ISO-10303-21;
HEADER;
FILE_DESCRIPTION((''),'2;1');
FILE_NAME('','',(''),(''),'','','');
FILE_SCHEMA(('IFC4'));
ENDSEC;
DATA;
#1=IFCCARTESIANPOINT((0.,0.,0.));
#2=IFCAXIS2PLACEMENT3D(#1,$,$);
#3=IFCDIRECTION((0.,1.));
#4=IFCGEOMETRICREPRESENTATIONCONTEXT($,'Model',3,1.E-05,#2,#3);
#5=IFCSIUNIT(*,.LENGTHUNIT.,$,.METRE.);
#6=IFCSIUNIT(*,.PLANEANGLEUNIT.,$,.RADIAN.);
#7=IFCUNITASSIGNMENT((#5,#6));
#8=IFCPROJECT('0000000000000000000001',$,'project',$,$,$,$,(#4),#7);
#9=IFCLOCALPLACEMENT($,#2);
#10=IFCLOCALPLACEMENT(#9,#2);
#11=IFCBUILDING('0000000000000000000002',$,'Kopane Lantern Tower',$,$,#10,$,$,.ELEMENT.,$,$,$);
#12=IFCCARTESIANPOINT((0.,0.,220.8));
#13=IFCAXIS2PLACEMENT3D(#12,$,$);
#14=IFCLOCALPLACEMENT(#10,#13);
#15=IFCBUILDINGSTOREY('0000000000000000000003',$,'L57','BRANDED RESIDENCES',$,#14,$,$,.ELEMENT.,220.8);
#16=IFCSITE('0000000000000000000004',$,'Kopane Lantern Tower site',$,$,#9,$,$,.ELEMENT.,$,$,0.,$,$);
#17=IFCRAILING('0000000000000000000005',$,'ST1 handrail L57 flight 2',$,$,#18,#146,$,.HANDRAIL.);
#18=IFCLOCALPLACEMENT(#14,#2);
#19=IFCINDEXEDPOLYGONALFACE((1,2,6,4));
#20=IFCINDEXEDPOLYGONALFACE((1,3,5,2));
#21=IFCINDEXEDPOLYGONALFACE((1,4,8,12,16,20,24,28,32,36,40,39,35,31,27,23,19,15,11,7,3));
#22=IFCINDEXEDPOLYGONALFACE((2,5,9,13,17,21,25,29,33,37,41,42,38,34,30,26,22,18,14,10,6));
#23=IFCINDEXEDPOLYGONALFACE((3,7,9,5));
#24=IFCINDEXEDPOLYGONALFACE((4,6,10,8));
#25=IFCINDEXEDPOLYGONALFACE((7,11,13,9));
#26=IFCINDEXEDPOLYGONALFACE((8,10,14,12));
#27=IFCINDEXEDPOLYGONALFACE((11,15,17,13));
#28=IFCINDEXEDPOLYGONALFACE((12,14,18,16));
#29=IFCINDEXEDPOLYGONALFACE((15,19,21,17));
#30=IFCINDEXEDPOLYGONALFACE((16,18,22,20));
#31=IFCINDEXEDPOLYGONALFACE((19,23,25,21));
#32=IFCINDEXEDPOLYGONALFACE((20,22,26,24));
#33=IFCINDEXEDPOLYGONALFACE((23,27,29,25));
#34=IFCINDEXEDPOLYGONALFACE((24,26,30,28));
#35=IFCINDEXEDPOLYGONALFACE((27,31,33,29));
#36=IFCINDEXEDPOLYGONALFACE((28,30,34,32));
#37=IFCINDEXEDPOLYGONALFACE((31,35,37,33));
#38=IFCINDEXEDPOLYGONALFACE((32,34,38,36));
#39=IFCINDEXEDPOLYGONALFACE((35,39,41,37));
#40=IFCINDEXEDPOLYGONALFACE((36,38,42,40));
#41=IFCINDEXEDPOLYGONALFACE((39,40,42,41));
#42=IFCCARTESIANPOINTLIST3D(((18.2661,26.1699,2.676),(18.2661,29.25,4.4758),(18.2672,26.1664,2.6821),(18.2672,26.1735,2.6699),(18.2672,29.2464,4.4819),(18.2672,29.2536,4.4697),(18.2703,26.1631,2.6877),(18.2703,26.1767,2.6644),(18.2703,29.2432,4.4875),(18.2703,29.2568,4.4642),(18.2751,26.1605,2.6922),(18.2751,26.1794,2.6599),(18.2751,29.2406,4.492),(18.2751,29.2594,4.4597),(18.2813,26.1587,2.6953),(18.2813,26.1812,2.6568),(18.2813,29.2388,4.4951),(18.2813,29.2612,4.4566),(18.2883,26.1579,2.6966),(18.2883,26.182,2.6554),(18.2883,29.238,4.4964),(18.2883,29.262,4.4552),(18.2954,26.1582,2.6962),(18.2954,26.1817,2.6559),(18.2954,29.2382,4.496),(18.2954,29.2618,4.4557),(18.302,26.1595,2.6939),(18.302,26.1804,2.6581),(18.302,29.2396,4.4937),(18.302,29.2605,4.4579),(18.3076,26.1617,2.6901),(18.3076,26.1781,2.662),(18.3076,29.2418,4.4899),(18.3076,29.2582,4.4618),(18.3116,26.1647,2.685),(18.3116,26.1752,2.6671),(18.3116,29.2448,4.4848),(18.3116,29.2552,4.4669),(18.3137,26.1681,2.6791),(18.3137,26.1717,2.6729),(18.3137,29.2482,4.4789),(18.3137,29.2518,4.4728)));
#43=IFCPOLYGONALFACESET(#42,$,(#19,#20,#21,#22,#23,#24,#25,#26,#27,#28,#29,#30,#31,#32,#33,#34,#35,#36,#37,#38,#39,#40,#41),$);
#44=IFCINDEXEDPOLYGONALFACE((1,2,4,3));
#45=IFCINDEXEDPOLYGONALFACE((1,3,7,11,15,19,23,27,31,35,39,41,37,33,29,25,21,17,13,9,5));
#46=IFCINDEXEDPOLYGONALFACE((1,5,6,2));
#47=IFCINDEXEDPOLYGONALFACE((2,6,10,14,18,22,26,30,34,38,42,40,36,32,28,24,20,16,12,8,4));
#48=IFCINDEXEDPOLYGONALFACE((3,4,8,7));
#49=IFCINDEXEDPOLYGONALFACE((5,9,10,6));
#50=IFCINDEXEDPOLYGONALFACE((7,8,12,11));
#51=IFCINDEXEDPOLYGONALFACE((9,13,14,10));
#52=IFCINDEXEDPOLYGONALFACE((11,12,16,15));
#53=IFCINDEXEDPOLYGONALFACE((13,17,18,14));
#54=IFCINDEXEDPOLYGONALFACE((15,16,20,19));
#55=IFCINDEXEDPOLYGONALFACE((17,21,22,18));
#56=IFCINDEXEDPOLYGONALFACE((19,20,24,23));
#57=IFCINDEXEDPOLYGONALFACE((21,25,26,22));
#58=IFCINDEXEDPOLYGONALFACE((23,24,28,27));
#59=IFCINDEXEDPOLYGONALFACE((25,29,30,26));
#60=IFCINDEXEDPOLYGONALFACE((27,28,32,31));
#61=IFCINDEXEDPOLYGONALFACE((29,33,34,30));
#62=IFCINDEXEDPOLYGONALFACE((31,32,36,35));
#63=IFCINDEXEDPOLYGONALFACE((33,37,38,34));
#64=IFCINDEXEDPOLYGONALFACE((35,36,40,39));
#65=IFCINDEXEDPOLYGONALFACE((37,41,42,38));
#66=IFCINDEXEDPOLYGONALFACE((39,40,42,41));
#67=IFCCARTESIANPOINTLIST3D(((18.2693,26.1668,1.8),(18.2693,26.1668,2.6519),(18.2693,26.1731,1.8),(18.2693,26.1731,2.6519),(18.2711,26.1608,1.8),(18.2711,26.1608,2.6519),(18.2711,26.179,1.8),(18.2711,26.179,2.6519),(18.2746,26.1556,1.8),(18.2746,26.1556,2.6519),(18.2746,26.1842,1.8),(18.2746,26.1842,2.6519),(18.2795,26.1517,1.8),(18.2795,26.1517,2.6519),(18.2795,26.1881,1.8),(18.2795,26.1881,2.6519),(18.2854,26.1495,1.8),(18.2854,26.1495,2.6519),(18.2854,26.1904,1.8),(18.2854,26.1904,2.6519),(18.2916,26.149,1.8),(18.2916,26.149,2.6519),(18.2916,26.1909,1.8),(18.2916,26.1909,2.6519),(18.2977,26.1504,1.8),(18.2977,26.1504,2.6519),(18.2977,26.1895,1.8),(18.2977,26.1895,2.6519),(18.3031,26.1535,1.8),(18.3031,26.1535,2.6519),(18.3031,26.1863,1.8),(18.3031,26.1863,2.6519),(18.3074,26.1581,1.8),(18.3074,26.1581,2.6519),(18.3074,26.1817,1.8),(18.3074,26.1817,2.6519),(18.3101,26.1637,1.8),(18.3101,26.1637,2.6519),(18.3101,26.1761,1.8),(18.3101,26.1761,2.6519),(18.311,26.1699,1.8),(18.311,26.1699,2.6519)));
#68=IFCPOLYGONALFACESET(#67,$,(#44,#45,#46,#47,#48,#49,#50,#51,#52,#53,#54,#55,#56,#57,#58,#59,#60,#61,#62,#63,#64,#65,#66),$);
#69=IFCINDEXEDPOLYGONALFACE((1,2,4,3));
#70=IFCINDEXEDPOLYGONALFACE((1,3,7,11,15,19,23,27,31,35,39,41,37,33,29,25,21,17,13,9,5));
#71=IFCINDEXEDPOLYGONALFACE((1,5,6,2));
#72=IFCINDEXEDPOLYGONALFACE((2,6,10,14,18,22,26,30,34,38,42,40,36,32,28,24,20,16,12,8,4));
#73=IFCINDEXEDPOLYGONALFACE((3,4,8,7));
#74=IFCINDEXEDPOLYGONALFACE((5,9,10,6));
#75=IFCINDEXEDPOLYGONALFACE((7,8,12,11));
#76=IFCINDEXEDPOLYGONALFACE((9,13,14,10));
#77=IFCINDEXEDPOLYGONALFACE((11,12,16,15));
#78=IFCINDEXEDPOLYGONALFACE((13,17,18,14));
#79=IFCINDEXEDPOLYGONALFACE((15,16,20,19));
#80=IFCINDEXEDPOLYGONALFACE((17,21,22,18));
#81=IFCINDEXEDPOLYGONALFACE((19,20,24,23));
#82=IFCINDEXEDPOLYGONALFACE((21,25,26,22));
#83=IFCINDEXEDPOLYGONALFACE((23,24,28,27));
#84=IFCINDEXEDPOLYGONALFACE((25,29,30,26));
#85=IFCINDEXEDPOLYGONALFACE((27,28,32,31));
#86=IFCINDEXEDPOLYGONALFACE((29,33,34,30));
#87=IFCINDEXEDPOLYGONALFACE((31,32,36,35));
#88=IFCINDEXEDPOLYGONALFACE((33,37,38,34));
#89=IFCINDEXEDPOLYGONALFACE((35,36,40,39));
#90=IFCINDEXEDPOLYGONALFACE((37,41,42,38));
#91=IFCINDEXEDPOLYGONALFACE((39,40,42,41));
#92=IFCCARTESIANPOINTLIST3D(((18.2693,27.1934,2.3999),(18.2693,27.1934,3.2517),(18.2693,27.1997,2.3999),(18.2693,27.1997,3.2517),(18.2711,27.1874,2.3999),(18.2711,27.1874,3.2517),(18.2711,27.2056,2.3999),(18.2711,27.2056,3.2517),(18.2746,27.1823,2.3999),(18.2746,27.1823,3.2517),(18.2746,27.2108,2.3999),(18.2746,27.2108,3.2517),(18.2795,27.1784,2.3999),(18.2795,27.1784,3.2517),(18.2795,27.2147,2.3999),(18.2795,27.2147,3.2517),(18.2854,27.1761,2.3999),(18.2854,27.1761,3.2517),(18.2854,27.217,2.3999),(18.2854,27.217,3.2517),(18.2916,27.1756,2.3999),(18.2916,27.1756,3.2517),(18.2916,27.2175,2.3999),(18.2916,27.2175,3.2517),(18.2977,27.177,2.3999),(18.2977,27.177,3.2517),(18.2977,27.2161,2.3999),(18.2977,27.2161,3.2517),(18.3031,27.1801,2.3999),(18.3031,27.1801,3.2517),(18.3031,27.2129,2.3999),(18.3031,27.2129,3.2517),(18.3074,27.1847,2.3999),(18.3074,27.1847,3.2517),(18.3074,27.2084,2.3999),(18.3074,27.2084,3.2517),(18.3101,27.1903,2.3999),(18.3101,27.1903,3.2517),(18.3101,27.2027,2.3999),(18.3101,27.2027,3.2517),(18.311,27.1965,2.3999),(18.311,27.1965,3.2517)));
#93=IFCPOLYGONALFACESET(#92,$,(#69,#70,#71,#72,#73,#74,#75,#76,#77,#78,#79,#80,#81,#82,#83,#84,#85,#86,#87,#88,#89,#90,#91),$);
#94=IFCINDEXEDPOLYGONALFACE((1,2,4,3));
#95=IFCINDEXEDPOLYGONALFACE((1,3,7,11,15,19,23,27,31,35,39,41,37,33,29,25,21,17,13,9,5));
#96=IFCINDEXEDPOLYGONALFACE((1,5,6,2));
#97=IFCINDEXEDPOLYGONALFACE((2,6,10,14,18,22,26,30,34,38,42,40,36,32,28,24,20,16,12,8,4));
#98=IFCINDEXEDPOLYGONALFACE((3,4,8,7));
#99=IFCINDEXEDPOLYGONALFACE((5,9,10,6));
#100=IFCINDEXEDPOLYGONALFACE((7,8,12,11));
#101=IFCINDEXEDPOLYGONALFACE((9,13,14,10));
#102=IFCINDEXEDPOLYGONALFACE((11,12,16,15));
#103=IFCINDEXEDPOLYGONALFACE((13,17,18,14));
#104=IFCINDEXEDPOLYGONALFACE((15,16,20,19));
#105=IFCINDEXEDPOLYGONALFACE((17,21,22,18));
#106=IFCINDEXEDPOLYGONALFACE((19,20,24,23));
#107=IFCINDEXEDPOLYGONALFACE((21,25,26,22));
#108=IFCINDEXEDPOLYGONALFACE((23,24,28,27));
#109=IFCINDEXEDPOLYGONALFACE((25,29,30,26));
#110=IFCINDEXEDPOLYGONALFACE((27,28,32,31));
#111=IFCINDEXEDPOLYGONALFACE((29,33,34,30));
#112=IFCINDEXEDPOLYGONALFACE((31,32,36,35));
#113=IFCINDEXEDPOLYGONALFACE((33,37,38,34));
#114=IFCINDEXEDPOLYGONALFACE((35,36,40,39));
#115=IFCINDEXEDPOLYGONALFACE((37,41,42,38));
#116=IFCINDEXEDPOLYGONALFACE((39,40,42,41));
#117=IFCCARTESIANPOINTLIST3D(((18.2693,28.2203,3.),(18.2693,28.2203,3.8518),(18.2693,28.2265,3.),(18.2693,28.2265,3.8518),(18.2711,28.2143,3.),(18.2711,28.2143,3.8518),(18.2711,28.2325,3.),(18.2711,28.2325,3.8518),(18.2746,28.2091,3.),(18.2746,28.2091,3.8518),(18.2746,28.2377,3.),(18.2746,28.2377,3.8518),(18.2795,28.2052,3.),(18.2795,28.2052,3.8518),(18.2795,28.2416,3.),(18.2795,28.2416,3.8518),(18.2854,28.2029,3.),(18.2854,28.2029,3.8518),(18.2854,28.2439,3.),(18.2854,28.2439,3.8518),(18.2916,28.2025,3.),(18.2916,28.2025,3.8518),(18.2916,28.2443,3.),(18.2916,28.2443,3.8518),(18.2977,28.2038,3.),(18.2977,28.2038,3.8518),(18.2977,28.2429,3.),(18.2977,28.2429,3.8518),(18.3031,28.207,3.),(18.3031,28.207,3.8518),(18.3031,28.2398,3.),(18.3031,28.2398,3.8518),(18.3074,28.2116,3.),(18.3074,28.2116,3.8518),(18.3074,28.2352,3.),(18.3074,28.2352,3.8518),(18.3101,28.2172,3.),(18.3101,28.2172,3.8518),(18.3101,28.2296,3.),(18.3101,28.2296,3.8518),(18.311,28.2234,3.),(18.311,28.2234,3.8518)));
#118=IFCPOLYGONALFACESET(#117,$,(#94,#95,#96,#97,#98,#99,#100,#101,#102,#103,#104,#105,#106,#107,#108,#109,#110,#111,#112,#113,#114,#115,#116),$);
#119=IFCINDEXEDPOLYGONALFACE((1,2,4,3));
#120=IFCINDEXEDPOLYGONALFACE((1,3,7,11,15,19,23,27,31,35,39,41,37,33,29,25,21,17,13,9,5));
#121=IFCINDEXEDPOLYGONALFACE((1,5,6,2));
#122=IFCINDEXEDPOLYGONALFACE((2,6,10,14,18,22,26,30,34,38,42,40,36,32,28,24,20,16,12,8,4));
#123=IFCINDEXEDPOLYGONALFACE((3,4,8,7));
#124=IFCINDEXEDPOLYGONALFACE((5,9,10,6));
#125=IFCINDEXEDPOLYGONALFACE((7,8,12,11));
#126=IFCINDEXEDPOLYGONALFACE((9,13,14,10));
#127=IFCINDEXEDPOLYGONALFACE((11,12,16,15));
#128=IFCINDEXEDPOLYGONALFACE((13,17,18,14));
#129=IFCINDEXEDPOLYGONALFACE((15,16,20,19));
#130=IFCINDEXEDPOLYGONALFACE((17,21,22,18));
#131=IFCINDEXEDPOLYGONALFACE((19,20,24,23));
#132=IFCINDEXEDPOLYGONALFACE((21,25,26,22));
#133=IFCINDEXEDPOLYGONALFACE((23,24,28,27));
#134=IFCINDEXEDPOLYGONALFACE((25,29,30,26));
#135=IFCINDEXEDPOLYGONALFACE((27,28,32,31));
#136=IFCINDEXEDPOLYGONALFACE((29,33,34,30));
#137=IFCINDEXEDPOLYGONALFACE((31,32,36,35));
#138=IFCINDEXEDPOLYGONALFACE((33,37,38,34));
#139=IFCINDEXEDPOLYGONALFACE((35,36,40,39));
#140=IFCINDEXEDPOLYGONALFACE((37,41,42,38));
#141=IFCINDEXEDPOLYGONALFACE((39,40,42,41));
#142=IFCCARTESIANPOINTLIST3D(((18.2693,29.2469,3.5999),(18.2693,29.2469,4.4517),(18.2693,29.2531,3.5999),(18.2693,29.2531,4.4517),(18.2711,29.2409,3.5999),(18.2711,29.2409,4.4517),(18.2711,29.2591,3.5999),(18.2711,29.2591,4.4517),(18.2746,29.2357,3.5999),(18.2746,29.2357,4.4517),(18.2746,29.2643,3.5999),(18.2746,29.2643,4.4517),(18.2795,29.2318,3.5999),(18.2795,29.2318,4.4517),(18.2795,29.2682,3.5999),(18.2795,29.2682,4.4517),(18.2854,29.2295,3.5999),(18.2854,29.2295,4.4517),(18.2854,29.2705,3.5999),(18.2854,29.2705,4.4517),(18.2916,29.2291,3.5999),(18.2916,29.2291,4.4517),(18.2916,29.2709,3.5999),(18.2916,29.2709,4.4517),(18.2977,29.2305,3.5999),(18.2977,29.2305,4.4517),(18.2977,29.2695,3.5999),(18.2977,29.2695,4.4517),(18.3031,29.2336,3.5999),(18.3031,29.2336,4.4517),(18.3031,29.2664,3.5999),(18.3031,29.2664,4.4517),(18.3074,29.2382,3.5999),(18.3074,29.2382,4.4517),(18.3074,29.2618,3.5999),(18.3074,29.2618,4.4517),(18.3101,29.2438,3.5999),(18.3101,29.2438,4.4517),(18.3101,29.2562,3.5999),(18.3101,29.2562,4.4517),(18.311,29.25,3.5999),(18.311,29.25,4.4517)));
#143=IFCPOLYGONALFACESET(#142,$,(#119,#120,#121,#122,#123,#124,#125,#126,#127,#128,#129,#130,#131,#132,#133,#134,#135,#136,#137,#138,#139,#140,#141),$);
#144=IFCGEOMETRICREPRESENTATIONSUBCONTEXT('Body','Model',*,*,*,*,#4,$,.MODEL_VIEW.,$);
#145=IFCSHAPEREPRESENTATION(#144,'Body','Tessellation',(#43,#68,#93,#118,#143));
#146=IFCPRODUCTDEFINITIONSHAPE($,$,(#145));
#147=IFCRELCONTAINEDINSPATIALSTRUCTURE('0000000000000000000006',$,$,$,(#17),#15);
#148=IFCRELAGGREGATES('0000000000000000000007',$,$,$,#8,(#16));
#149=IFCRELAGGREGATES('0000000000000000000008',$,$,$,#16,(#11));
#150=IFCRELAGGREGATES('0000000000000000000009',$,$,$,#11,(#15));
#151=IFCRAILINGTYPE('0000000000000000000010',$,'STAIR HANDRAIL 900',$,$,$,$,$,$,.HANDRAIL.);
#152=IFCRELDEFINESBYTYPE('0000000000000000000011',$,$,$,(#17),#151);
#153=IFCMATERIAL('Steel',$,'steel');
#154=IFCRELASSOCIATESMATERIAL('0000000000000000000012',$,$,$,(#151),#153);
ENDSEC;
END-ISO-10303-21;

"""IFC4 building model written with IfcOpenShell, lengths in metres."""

from ifc_helpers import new_model, si_unit, direction, frame, origin, origin_2d, place, context, subcontext, project, spatial, circle, extrude, material, type_object, element, save


model = new_model("IFC4")

# Units and contexts
model_context = context("Model", 3, precision=1e-05, world=origin(), true_north=direction((0.0, 1.0)))
body_context = subcontext(model_context, "Body", "Model", "MODEL_VIEW")
ifc_project = project(units=[si_unit("LENGTHUNIT", "METRE"), si_unit("PLANEANGLEUNIT", "RADIAN")], contexts=[model_context])

# Site, building, storey
site_placement = place(None, origin())
site = spatial("IfcSite", under=ifc_project, at=site_placement, Name="Kopane Lantern Tower site", CompositionType="ELEMENT", RefElevation=0.0)
building_placement = place(site_placement, origin())
building = spatial("IfcBuilding", under=site, at=building_placement, Name="Kopane Lantern Tower", CompositionType="ELEMENT")
storey_placement = place(building_placement, frame((0.0, 0.0, 220.8)))
storey = spatial("IfcBuildingStorey", under=building, at=storey_placement, Name="L57", Description="BRANDED RESIDENCES", CompositionType="ELEMENT", Elevation=220.8)

# Railing
ifc_material_1 = material(Name="Steel", Category="steel")
railing_type_1 = type_object("IfcRailingType", Name="STAIR HANDRAIL 900", PredefinedType="HANDRAIL", material=ifc_material_1)
for number, where, name in (
    (1, (18.29, 26.1699, 1.8), "ST1 handrail L57 flight 2"),
):
    element("IfcRailing", number, at=place(storey_placement, frame(where)), inside=storey, type_object=railing_type_1, Name=name, PredefinedType="HANDRAIL", context=body_context, shape_type="SweptSolid", body=[
        extrude(circle(Radius=0.0239, at=origin_2d()), frame((0.0, 0.0, 0.876), z_axis=(0.0, 0.863401, 0.504518), x_axis=(-1.0, 0.0, 0.0)), (0.0, 0.0, 1.0), 3.5674),
        extrude(circle(Radius=0.021, at=origin_2d()), origin(), (0.0, 0.0, 1.0), 0.8518),
        extrude(circle(Radius=0.021, at=origin_2d()), frame((0.0, 1.0266, 0.5999)), (0.0, 0.0, 1.0), 0.8518),
        extrude(circle(Radius=0.021, at=origin_2d()), frame((0.0, 2.0535, 1.2)), (0.0, 0.0, 1.0), 0.8518),
        extrude(circle(Radius=0.021, at=origin_2d()), frame((0.0, 3.0801, 1.7998)), (0.0, 0.0, 1.0), 0.8518),
    ])

save(model, "model.ifc")
